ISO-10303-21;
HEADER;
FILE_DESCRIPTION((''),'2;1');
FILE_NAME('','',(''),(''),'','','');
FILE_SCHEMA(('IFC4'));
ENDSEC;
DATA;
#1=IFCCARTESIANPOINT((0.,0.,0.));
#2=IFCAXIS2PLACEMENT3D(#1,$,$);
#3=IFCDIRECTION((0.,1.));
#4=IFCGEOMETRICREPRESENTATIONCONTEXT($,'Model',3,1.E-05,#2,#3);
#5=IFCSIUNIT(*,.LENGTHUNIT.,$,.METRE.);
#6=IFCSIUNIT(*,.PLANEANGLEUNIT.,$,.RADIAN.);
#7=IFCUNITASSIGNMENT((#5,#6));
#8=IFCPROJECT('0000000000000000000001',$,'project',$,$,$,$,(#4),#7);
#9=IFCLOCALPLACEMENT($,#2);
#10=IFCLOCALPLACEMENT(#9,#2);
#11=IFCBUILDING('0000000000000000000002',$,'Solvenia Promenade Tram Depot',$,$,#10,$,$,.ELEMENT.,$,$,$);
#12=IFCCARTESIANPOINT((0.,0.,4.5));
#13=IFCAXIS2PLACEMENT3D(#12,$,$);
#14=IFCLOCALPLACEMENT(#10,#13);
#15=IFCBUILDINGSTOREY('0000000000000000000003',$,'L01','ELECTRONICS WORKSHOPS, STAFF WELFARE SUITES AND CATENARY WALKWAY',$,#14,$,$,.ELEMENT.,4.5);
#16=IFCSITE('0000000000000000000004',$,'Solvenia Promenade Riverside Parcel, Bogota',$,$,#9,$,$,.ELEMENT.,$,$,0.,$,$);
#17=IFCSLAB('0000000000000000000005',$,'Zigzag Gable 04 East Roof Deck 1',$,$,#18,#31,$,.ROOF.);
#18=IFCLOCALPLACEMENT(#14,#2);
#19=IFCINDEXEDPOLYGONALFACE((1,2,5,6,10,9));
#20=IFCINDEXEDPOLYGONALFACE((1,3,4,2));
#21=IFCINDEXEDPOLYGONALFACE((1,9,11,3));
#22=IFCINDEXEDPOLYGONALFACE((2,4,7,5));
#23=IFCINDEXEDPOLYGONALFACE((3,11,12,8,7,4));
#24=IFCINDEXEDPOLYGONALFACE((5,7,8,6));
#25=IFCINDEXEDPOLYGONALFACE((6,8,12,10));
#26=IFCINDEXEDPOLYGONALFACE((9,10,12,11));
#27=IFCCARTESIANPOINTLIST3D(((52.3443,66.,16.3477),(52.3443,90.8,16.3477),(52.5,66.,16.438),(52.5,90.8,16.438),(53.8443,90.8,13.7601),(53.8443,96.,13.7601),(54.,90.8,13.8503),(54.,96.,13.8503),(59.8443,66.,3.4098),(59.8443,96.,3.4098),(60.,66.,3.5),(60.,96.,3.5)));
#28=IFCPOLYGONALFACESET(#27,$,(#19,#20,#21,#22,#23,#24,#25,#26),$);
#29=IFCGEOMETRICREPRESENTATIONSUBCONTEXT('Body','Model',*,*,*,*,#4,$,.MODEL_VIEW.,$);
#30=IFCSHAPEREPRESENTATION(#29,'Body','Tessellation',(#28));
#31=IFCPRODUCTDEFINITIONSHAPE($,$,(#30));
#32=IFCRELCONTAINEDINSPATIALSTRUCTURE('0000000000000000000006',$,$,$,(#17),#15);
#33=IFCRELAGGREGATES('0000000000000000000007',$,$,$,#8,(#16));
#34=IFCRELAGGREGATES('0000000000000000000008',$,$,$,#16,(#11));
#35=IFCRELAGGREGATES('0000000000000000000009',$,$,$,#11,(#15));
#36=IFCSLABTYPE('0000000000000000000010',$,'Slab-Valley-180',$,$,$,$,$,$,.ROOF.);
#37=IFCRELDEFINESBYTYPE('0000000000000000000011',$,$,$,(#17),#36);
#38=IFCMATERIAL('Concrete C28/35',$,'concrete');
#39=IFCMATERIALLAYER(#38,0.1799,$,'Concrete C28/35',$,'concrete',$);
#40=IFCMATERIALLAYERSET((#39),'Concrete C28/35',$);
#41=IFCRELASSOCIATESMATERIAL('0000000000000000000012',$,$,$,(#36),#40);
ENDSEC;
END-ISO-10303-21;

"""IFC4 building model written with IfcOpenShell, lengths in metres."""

from ifc_helpers import new_model, si_unit, direction, frame, origin, place, context, subcontext, project, spatial, polyline, outline, extrude, material, layer, layer_set, type_object, element, save


model = new_model("IFC4")

# Units and contexts
model_context = context("Model", 3, precision=1e-05, world=origin(), true_north=direction((0.0, 1.0)))
body_context = subcontext(model_context, "Body", "Model", "MODEL_VIEW")
ifc_project = project(units=[si_unit("LENGTHUNIT", "METRE"), si_unit("PLANEANGLEUNIT", "RADIAN")], contexts=[model_context])

# Site, building, storey
site_placement = place(None, origin())
site = spatial("IfcSite", under=ifc_project, at=site_placement, Name="Solvenia Promenade Riverside Parcel, Bogota", CompositionType="ELEMENT", RefElevation=0.0)
building_placement = place(site_placement, origin())
building = spatial("IfcBuilding", under=site, at=building_placement, Name="Solvenia Promenade Tram Depot", CompositionType="ELEMENT")
storey_placement = place(building_placement, frame((0.0, 0.0, 4.5)))
storey = spatial("IfcBuildingStorey", under=building, at=storey_placement, Name="L01", Description="ELECTRONICS WORKSHOPS, STAFF WELFARE SUITES AND CATENARY WALKWAY", CompositionType="ELEMENT", Elevation=4.5)

# Slab
ifc_material_1 = material(Name="Concrete C28/35", Category="concrete")
ifc_layer_1 = layer(ifc_material_1, 0.1799, Name="Concrete C28/35", Category="concrete")
ifc_layer_set_1 = layer_set([ifc_layer_1], Name="Concrete C28/35")
slab_type = type_object("IfcSlabType", Name="Slab-Valley-180", PredefinedType="ROOF", material=ifc_layer_set_1)
slab_placement = place(storey_placement, frame((52.5, 66.0, 16.438), z_axis=(0.865148, 0.0, 0.501517), x_axis=(0.0, 1.0, 0.0)))
element("IfcSlab", 1, at=slab_placement, inside=storey, type_object=slab_type, Name="Zigzag Gable 04 East Roof Deck 1", PredefinedType="ROOF", context=body_context, shape_type="SweptSolid", body=[
    extrude(outline(polyline([(0.0, 0.0), (24.8, 0.0), (24.8, -2.991), (30.0, -2.991), (30.0, -14.9546), (0.0, -14.9546), (0.0, 0.0)])), origin(), (0.0, 0.0, -1.0), 0.1799),
])

save(model, "model.ifc")
